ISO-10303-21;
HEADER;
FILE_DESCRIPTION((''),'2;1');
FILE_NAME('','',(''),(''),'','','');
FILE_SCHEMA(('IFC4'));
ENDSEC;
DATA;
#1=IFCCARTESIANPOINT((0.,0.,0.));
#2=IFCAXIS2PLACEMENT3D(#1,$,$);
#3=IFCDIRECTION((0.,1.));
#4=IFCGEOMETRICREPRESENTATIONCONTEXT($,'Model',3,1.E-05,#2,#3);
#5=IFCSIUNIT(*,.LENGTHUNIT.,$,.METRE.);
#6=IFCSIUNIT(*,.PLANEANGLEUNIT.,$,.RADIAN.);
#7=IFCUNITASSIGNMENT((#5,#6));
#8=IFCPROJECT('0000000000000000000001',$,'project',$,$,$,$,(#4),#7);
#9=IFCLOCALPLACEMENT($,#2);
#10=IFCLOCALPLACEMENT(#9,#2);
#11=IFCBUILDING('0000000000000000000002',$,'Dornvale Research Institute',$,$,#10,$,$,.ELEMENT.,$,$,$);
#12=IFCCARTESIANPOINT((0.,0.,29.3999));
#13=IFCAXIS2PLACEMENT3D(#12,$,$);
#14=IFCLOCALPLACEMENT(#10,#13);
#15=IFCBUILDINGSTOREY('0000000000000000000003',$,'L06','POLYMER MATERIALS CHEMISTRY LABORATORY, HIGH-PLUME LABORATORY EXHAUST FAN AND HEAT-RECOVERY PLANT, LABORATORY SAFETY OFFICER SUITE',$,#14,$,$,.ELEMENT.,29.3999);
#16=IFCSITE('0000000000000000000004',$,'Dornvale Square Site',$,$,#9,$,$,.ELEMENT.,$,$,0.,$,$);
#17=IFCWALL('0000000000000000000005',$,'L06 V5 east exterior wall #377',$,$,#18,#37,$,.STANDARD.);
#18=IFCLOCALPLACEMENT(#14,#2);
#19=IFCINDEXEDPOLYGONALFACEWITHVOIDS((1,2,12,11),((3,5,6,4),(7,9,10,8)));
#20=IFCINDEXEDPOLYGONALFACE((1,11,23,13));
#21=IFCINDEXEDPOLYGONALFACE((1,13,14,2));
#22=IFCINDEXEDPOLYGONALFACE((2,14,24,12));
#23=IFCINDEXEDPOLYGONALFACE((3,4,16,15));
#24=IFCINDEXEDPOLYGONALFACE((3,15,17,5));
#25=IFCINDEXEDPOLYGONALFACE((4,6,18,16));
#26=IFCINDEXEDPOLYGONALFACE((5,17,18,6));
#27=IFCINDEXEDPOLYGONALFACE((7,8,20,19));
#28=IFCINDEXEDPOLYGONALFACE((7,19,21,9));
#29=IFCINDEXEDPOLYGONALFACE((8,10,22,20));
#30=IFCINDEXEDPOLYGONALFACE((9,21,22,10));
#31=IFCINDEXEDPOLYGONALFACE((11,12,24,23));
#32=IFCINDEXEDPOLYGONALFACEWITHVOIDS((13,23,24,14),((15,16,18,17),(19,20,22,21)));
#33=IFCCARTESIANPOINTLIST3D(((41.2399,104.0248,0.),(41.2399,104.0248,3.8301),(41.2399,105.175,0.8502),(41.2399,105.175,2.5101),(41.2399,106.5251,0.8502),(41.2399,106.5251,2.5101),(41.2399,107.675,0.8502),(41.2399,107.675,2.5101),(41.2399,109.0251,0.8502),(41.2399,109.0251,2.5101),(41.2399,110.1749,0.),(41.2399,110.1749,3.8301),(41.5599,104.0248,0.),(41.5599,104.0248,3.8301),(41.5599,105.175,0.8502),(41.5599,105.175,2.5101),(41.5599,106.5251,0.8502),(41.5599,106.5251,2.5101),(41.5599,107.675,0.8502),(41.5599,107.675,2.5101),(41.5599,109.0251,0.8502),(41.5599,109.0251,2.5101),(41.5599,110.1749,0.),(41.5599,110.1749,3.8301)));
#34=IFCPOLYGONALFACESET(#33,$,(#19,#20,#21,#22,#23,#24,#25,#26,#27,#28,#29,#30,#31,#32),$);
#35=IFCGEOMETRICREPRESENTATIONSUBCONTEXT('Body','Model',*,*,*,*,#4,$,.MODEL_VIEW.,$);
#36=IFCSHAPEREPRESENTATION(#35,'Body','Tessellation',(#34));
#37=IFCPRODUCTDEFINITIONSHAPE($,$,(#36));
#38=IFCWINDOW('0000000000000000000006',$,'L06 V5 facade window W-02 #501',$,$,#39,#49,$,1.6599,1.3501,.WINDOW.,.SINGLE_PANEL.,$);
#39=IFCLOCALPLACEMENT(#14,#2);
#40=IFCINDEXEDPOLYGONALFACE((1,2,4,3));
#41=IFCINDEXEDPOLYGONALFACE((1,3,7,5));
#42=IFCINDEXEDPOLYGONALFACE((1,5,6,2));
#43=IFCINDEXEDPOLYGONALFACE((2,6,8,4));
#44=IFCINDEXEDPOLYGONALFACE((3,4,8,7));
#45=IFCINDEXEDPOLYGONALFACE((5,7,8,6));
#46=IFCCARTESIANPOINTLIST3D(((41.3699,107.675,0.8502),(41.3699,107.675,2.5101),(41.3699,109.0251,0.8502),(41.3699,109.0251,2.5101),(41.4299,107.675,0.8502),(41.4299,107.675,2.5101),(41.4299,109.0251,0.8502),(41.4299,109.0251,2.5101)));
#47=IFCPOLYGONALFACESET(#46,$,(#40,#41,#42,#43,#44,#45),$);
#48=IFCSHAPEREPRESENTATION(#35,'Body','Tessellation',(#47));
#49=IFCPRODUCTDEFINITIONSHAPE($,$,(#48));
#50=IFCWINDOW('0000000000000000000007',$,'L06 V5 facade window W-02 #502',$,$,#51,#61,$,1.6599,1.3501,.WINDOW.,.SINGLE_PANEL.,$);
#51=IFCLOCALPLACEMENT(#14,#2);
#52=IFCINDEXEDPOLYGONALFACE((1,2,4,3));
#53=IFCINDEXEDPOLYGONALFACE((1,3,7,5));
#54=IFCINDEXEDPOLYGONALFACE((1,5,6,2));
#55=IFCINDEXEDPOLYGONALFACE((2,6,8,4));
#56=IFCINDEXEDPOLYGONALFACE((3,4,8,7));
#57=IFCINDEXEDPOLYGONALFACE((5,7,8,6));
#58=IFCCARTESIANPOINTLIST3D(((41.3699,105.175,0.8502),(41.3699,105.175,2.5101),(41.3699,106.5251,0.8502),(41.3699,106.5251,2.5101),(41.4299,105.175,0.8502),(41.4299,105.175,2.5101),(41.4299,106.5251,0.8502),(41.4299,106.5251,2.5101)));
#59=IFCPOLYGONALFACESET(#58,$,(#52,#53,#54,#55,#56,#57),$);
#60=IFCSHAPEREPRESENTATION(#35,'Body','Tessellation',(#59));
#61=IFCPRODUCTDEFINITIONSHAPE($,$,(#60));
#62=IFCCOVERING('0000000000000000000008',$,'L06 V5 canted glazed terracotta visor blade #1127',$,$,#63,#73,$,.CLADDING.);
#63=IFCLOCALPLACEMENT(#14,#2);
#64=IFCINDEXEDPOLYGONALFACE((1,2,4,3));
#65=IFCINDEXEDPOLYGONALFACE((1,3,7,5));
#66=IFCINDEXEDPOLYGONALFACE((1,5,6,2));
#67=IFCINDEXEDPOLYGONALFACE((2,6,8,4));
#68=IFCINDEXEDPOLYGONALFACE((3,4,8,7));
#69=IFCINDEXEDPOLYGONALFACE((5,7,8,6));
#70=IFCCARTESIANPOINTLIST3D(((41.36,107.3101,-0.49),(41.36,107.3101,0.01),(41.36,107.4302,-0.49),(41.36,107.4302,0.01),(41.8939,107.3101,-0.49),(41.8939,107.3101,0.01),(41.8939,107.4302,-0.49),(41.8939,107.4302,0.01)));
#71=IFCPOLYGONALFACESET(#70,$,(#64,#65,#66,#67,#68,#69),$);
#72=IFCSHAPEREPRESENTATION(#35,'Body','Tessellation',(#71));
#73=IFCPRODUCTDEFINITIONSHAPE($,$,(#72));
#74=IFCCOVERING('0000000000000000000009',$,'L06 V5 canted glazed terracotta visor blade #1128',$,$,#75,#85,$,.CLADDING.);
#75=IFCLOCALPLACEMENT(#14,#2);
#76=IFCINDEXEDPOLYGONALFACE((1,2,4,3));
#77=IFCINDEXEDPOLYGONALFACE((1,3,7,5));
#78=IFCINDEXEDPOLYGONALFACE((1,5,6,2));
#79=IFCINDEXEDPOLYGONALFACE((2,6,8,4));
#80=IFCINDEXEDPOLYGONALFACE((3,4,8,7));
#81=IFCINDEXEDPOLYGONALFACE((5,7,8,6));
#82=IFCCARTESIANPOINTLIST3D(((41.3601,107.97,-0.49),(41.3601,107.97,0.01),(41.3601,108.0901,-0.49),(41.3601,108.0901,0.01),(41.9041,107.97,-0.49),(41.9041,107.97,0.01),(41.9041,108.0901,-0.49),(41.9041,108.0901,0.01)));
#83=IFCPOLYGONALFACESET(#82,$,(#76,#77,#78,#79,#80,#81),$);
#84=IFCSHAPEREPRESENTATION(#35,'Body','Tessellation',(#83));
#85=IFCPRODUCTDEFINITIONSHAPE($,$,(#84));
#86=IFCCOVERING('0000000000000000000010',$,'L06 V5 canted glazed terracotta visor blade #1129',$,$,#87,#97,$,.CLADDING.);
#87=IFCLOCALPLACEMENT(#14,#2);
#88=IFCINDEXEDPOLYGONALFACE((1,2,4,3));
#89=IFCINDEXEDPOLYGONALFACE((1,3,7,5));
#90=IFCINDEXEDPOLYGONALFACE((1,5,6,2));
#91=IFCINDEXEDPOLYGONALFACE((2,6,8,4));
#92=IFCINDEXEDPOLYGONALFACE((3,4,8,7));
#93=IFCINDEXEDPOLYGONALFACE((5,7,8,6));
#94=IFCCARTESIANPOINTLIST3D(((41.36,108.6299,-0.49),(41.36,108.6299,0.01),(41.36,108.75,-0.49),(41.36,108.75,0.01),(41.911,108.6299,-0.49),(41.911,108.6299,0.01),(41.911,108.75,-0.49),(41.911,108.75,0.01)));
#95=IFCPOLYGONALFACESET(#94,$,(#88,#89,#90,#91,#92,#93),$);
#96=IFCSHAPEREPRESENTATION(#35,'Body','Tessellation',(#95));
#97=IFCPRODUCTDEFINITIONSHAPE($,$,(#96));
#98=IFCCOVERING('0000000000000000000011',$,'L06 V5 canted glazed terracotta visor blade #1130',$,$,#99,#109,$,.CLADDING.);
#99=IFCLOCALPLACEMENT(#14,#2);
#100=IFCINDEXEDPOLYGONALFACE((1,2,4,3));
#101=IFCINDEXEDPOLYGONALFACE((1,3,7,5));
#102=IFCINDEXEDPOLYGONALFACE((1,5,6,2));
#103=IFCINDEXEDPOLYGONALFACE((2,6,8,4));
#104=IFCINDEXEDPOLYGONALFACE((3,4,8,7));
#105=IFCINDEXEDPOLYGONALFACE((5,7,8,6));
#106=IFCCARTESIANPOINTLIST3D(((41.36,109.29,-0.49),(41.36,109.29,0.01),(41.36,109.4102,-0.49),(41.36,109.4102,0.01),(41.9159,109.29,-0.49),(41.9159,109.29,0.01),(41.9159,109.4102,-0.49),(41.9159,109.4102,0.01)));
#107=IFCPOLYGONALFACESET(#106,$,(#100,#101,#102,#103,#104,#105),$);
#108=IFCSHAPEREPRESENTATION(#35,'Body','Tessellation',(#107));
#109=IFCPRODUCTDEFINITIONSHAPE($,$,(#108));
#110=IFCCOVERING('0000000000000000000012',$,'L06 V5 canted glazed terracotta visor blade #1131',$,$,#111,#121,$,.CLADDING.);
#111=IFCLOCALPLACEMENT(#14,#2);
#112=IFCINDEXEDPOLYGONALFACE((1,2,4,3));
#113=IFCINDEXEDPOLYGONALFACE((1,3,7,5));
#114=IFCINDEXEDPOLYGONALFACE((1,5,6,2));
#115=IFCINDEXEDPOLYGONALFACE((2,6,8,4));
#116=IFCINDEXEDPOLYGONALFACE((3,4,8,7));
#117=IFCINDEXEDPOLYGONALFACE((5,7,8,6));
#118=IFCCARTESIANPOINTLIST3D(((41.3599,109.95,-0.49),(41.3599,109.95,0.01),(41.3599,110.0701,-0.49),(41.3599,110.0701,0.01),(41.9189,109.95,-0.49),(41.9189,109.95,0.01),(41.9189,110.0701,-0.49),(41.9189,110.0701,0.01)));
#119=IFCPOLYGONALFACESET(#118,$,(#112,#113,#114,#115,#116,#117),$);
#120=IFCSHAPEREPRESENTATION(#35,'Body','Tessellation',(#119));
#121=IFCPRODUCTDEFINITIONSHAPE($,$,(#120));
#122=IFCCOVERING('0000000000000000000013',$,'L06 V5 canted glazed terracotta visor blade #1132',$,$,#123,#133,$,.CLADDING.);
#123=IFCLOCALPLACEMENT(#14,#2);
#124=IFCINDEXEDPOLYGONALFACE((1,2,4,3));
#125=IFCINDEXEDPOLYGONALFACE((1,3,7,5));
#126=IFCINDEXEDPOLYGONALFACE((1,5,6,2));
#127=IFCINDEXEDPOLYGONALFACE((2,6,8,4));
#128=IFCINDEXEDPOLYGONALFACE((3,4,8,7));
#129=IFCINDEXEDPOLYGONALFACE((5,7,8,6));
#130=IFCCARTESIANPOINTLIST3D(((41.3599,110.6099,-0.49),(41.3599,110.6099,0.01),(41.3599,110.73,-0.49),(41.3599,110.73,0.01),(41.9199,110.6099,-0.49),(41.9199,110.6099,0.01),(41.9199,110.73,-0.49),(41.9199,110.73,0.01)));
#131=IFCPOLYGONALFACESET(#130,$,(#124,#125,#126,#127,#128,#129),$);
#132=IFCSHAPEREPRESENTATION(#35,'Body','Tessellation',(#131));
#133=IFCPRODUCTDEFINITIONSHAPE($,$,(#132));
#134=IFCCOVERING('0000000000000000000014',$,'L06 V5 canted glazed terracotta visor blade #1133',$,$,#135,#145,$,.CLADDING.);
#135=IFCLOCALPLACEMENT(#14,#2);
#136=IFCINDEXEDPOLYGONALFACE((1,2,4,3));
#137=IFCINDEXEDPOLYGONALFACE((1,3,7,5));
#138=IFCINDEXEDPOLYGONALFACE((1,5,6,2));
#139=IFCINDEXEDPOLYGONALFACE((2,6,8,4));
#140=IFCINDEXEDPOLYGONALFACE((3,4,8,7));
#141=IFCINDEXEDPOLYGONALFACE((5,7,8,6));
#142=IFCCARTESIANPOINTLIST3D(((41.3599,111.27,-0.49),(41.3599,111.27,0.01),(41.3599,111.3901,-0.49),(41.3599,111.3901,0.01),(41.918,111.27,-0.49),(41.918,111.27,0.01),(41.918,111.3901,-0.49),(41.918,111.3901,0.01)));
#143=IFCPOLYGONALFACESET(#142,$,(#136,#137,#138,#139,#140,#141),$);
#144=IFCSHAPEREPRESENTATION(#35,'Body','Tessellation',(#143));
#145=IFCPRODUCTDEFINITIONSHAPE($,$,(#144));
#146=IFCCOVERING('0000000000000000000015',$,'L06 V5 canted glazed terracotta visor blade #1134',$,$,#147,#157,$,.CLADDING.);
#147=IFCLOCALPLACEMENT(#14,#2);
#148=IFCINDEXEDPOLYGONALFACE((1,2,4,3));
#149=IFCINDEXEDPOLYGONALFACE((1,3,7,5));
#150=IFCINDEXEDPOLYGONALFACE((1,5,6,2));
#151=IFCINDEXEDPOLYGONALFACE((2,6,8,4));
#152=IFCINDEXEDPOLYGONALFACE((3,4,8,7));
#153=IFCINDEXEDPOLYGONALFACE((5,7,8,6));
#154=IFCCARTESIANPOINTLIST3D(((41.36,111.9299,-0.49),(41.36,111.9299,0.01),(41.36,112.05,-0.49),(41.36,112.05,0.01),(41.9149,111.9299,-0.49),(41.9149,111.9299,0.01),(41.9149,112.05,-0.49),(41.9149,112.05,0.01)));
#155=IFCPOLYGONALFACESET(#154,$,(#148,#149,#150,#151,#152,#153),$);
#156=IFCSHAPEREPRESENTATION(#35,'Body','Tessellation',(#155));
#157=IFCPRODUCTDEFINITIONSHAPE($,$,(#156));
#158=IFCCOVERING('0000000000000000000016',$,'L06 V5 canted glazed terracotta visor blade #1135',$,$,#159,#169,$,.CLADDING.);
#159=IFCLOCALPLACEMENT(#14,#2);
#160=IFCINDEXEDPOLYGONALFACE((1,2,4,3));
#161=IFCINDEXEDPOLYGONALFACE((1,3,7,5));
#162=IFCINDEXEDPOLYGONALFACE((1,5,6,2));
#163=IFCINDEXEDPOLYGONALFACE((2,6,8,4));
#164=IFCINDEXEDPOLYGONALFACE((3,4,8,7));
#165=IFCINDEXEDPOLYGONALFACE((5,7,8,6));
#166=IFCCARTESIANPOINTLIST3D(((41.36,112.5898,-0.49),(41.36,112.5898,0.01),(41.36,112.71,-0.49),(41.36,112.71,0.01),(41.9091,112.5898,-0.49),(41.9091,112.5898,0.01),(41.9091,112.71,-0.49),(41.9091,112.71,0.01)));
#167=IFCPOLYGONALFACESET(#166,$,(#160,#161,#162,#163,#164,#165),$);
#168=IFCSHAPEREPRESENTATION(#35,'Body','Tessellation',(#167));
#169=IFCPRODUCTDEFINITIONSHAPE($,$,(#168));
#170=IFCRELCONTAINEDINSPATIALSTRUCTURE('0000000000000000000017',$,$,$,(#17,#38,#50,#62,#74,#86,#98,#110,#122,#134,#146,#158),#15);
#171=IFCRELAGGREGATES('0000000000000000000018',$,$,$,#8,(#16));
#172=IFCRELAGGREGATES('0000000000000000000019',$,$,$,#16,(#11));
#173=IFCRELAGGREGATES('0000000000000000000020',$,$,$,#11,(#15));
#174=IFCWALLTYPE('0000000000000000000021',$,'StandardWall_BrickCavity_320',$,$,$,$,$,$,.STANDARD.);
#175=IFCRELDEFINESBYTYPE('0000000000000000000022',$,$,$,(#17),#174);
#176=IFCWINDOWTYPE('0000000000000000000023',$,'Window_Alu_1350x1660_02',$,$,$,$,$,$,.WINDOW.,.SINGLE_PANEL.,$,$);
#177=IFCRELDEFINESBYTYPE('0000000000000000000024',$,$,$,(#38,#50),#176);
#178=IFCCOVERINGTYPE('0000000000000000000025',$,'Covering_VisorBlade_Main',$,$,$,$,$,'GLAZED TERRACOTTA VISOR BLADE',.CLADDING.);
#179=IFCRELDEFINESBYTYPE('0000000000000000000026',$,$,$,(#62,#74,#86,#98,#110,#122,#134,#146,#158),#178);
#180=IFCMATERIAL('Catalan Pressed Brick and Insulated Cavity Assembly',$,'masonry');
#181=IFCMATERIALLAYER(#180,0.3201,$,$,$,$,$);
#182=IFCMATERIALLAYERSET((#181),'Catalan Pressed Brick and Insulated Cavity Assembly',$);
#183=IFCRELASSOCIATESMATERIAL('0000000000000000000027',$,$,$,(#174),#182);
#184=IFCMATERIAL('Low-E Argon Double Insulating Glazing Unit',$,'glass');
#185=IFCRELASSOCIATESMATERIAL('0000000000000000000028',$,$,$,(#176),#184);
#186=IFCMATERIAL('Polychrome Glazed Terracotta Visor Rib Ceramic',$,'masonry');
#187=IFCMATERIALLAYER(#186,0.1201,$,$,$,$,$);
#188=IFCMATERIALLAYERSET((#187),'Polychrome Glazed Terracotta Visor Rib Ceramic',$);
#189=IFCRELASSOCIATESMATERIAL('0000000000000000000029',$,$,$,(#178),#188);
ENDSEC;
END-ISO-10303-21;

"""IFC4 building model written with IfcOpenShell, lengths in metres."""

from ifc_helpers import new_model, si_unit, direction, frame, frame_2d, origin, origin_2d, place, context, subcontext, project, spatial, rectangle, extrude, material, layer, layer_set, type_object, element, fill, save


model = new_model("IFC4")

# Units and contexts
model_context = context("Model", 3, precision=1e-05, world=origin(), true_north=direction((0.0, 1.0)))
body_context = subcontext(model_context, "Body", "Model", "MODEL_VIEW")
ifc_project = project(units=[si_unit("LENGTHUNIT", "METRE"), si_unit("PLANEANGLEUNIT", "RADIAN")], contexts=[model_context])

# Site, building, storey
site_placement = place(None, origin())
site = spatial("IfcSite", under=ifc_project, at=site_placement, Name="Dornvale Square Site", CompositionType="ELEMENT", RefElevation=0.0)
building_placement = place(site_placement, origin())
building = spatial("IfcBuilding", under=site, at=building_placement, Name="Dornvale Research Institute", CompositionType="ELEMENT")
storey_placement = place(building_placement, frame((0.0, 0.0, 29.3999)))
storey = spatial("IfcBuildingStorey", under=building, at=storey_placement, Name="L06", Description="POLYMER MATERIALS CHEMISTRY LABORATORY, HIGH-PLUME LABORATORY EXHAUST FAN AND HEAT-RECOVERY PLANT, LABORATORY SAFETY OFFICER SUITE", CompositionType="ELEMENT", Elevation=29.3999)

# Wall, openings, windows
ifc_material_1 = material(Name="Catalan Pressed Brick and Insulated Cavity Assembly", Category="masonry")
ifc_layer_1 = layer(ifc_material_1, 0.3201)
ifc_layer_set_1 = layer_set([ifc_layer_1], Name="Catalan Pressed Brick and Insulated Cavity Assembly")
wall_type = type_object("IfcWallType", Name="StandardWall_BrickCavity_320", PredefinedType="STANDARD", material=ifc_layer_set_1)
wall_placement = place(storey_placement, frame((41.3999, 110.175, 0.0), z_axis=(0.0, 0.0, 1.0), x_axis=(0.0, -1.0, 0.0)))
wall = element("IfcWall", 1, at=wall_placement, inside=storey, type_object=wall_type, Name="L06 V5 east exterior wall #377", PredefinedType="STANDARD", context=body_context, shape_type="SweptSolid", body=[
    extrude(rectangle(XDim=6.1501, YDim=0.3201, at=frame_2d((3.0752, 0.0))), origin(), (0.0, 0.0, 1.0), 3.8301),
])
opening_1_placement = place(wall_placement, frame((1.1499, 0.0, 0.8501)))
opening_1 = element("IfcOpeningElement", 2, at=opening_1_placement, cuts=wall, PredefinedType="OPENING", context=body_context, shape_type="SweptSolid", body=[
    extrude(rectangle(XDim=1.3501, YDim=1.6599, at=frame_2d((0.675, 0.8301))), frame((0.0, 0.175, 0.0), z_axis=(0.0, -1.0, 0.0), x_axis=(1.0, 0.0, 0.0)), (0.0, 0.0, 1.0), 0.3501),
])
opening_2_placement = place(wall_placement, frame((3.6499, 0.0, 0.8501)))
opening_2 = element("IfcOpeningElement", 3, at=opening_2_placement, cuts=wall, PredefinedType="OPENING", context=body_context, shape_type="SweptSolid", body=[
    extrude(rectangle(XDim=1.3501, YDim=1.6599, at=frame_2d((0.675, 0.8301))), frame((0.0, 0.175, 0.0), z_axis=(0.0, -1.0, 0.0), x_axis=(1.0, 0.0, 0.0)), (0.0, 0.0, 1.0), 0.3501),
])
ifc_material_2 = material(Name="Low-E Argon Double Insulating Glazing Unit", Category="glass")
window_type = type_object("IfcWindowType", Name="Window_Alu_1350x1660_02", PartitioningType="SINGLE_PANEL", PredefinedType="WINDOW", material=ifc_material_2)
window_1_placement = place(opening_1_placement, origin())
window_1 = element("IfcWindow", 4, at=window_1_placement, inside=storey, type_object=window_type, Name="L06 V5 facade window W-02 #501", OverallHeight=1.6599, OverallWidth=1.3501, PartitioningType="SINGLE_PANEL", PredefinedType="WINDOW", context=body_context, shape_type="SweptSolid", body=[
    extrude(rectangle(XDim=1.3501, YDim=1.6599, at=frame_2d((0.675, 0.8301))), frame((0.0, 0.03, 0.0), z_axis=(0.0, -1.0, 0.0), x_axis=(1.0, 0.0, 0.0)), (0.0, 0.0, 1.0), 0.0601),
])
fill(opening_1, window_1)
window_2_placement = place(opening_2_placement, origin())
window_2 = element("IfcWindow", 5, at=window_2_placement, inside=storey, type_object=window_type, Name="L06 V5 facade window W-02 #502", OverallHeight=1.6599, OverallWidth=1.3501, PartitioningType="SINGLE_PANEL", PredefinedType="WINDOW", context=body_context, shape_type="SweptSolid", body=[
    extrude(rectangle(XDim=1.3501, YDim=1.6599, at=frame_2d((0.675, 0.8301))), frame((0.0, 0.03, 0.0), z_axis=(0.0, -1.0, 0.0), x_axis=(1.0, 0.0, 0.0)), (0.0, 0.0, 1.0), 0.0601),
])
fill(opening_2, window_2)

# Coverings
ifc_material_3 = material(Name="Polychrome Glazed Terracotta Visor Rib Ceramic", Category="masonry")
ifc_layer_2 = layer(ifc_material_3, 0.1201)
ifc_layer_set_2 = layer_set([ifc_layer_2], Name="Polychrome Glazed Terracotta Visor Rib Ceramic")
covering_type = type_object("IfcCoveringType", Name="Covering_VisorBlade_Main", ElementType="GLAZED TERRACOTTA VISOR BLADE", PredefinedType="CLADDING", material=ifc_layer_set_2)
covering_1_placement = place(storey_placement, frame((41.627, 107.3701, -0.49), z_axis=(0.0, 0.0, 1.0), x_axis=(1.0, 0.0, 0.0)))
element("IfcCovering", 6, at=covering_1_placement, inside=storey, type_object=covering_type, Name="L06 V5 canted glazed terracotta visor blade #1127", PredefinedType="CLADDING", context=body_context, shape_type="SweptSolid", body=[
    extrude(rectangle(XDim=0.5339, YDim=0.1201, at=origin_2d()), origin(), (0.0, 0.0, 1.0), 0.5),
])
covering_2_placement = place(storey_placement, frame((41.6321, 108.03, -0.49), z_axis=(0.0, 0.0, 1.0), x_axis=(1.0, 0.0, 0.0)))
element("IfcCovering", 7, at=covering_2_placement, inside=storey, type_object=covering_type, Name="L06 V5 canted glazed terracotta visor blade #1128", PredefinedType="CLADDING", context=body_context, shape_type="SweptSolid", body=[
    extrude(rectangle(XDim=0.5439, YDim=0.1201, at=origin_2d()), origin(), (0.0, 0.0, 1.0), 0.5),
])
covering_3_placement = place(storey_placement, frame((41.6355, 108.6899, -0.49), z_axis=(0.0, 0.0, 1.0), x_axis=(1.0, 0.0, 0.0)))
element("IfcCovering", 8, at=covering_3_placement, inside=storey, type_object=covering_type, Name="L06 V5 canted glazed terracotta visor blade #1129", PredefinedType="CLADDING", context=body_context, shape_type="SweptSolid", body=[
    extrude(rectangle(XDim=0.551, YDim=0.1201, at=origin_2d()), origin(), (0.0, 0.0, 1.0), 0.5),
])
covering_4_placement = place(storey_placement, frame((41.6379, 109.3501, -0.49), z_axis=(0.0, 0.0, 1.0), x_axis=(1.0, 0.0, 0.0)))
element("IfcCovering", 9, at=covering_4_placement, inside=storey, type_object=covering_type, Name="L06 V5 canted glazed terracotta visor blade #1130", PredefinedType="CLADDING", context=body_context, shape_type="SweptSolid", body=[
    extrude(rectangle(XDim=0.5559, YDim=0.1201, at=origin_2d()), origin(), (0.0, 0.0, 1.0), 0.5),
])
covering_5_placement = place(storey_placement, frame((41.6394, 110.01, -0.49), z_axis=(0.0, 0.0, 1.0), x_axis=(1.0, 0.0, 0.0)))
element("IfcCovering", 10, at=covering_5_placement, inside=storey, type_object=covering_type, Name="L06 V5 canted glazed terracotta visor blade #1131", PredefinedType="CLADDING", context=body_context, shape_type="SweptSolid", body=[
    extrude(rectangle(XDim=0.5591, YDim=0.1201, at=origin_2d()), origin(), (0.0, 0.0, 1.0), 0.5),
])
covering_6_placement = place(storey_placement, frame((41.6399, 110.6699, -0.49), z_axis=(0.0, 0.0, 1.0), x_axis=(1.0, 0.0, 0.0)))
element("IfcCovering", 11, at=covering_6_placement, inside=storey, type_object=covering_type, Name="L06 V5 canted glazed terracotta visor blade #1132", PredefinedType="CLADDING", context=body_context, shape_type="SweptSolid", body=[
    extrude(rectangle(XDim=0.5601, YDim=0.1201, at=origin_2d()), origin(), (0.0, 0.0, 1.0), 0.5),
])
covering_7_placement = place(storey_placement, frame((41.6389, 111.3301, -0.49), z_axis=(0.0, 0.0, 1.0), x_axis=(1.0, 0.0, 0.0)))
element("IfcCovering", 12, at=covering_7_placement, inside=storey, type_object=covering_type, Name="L06 V5 canted glazed terracotta visor blade #1133", PredefinedType="CLADDING", context=body_context, shape_type="SweptSolid", body=[
    extrude(rectangle(XDim=0.5581, YDim=0.1201, at=origin_2d()), origin(), (0.0, 0.0, 1.0), 0.5),
])
covering_8_placement = place(storey_placement, frame((41.6375, 111.99, -0.49), z_axis=(0.0, 0.0, 1.0), x_axis=(1.0, 0.0, 0.0)))
element("IfcCovering", 13, at=covering_8_placement, inside=storey, type_object=covering_type, Name="L06 V5 canted glazed terracotta visor blade #1134", PredefinedType="CLADDING", context=body_context, shape_type="SweptSolid", body=[
    extrude(rectangle(XDim=0.5549, YDim=0.1201, at=origin_2d()), origin(), (0.0, 0.0, 1.0), 0.5),
])
covering_9_placement = place(storey_placement, frame((41.6345, 112.6499, -0.49), z_axis=(0.0, 0.0, 1.0), x_axis=(1.0, 0.0, 0.0)))
element("IfcCovering", 14, at=covering_9_placement, inside=storey, type_object=covering_type, Name="L06 V5 canted glazed terracotta visor blade #1135", PredefinedType="CLADDING", context=body_context, shape_type="SweptSolid", body=[
    extrude(rectangle(XDim=0.5491, YDim=0.1201, at=origin_2d()), origin(), (0.0, 0.0, 1.0), 0.5),
])

save(model, "model.ifc")
